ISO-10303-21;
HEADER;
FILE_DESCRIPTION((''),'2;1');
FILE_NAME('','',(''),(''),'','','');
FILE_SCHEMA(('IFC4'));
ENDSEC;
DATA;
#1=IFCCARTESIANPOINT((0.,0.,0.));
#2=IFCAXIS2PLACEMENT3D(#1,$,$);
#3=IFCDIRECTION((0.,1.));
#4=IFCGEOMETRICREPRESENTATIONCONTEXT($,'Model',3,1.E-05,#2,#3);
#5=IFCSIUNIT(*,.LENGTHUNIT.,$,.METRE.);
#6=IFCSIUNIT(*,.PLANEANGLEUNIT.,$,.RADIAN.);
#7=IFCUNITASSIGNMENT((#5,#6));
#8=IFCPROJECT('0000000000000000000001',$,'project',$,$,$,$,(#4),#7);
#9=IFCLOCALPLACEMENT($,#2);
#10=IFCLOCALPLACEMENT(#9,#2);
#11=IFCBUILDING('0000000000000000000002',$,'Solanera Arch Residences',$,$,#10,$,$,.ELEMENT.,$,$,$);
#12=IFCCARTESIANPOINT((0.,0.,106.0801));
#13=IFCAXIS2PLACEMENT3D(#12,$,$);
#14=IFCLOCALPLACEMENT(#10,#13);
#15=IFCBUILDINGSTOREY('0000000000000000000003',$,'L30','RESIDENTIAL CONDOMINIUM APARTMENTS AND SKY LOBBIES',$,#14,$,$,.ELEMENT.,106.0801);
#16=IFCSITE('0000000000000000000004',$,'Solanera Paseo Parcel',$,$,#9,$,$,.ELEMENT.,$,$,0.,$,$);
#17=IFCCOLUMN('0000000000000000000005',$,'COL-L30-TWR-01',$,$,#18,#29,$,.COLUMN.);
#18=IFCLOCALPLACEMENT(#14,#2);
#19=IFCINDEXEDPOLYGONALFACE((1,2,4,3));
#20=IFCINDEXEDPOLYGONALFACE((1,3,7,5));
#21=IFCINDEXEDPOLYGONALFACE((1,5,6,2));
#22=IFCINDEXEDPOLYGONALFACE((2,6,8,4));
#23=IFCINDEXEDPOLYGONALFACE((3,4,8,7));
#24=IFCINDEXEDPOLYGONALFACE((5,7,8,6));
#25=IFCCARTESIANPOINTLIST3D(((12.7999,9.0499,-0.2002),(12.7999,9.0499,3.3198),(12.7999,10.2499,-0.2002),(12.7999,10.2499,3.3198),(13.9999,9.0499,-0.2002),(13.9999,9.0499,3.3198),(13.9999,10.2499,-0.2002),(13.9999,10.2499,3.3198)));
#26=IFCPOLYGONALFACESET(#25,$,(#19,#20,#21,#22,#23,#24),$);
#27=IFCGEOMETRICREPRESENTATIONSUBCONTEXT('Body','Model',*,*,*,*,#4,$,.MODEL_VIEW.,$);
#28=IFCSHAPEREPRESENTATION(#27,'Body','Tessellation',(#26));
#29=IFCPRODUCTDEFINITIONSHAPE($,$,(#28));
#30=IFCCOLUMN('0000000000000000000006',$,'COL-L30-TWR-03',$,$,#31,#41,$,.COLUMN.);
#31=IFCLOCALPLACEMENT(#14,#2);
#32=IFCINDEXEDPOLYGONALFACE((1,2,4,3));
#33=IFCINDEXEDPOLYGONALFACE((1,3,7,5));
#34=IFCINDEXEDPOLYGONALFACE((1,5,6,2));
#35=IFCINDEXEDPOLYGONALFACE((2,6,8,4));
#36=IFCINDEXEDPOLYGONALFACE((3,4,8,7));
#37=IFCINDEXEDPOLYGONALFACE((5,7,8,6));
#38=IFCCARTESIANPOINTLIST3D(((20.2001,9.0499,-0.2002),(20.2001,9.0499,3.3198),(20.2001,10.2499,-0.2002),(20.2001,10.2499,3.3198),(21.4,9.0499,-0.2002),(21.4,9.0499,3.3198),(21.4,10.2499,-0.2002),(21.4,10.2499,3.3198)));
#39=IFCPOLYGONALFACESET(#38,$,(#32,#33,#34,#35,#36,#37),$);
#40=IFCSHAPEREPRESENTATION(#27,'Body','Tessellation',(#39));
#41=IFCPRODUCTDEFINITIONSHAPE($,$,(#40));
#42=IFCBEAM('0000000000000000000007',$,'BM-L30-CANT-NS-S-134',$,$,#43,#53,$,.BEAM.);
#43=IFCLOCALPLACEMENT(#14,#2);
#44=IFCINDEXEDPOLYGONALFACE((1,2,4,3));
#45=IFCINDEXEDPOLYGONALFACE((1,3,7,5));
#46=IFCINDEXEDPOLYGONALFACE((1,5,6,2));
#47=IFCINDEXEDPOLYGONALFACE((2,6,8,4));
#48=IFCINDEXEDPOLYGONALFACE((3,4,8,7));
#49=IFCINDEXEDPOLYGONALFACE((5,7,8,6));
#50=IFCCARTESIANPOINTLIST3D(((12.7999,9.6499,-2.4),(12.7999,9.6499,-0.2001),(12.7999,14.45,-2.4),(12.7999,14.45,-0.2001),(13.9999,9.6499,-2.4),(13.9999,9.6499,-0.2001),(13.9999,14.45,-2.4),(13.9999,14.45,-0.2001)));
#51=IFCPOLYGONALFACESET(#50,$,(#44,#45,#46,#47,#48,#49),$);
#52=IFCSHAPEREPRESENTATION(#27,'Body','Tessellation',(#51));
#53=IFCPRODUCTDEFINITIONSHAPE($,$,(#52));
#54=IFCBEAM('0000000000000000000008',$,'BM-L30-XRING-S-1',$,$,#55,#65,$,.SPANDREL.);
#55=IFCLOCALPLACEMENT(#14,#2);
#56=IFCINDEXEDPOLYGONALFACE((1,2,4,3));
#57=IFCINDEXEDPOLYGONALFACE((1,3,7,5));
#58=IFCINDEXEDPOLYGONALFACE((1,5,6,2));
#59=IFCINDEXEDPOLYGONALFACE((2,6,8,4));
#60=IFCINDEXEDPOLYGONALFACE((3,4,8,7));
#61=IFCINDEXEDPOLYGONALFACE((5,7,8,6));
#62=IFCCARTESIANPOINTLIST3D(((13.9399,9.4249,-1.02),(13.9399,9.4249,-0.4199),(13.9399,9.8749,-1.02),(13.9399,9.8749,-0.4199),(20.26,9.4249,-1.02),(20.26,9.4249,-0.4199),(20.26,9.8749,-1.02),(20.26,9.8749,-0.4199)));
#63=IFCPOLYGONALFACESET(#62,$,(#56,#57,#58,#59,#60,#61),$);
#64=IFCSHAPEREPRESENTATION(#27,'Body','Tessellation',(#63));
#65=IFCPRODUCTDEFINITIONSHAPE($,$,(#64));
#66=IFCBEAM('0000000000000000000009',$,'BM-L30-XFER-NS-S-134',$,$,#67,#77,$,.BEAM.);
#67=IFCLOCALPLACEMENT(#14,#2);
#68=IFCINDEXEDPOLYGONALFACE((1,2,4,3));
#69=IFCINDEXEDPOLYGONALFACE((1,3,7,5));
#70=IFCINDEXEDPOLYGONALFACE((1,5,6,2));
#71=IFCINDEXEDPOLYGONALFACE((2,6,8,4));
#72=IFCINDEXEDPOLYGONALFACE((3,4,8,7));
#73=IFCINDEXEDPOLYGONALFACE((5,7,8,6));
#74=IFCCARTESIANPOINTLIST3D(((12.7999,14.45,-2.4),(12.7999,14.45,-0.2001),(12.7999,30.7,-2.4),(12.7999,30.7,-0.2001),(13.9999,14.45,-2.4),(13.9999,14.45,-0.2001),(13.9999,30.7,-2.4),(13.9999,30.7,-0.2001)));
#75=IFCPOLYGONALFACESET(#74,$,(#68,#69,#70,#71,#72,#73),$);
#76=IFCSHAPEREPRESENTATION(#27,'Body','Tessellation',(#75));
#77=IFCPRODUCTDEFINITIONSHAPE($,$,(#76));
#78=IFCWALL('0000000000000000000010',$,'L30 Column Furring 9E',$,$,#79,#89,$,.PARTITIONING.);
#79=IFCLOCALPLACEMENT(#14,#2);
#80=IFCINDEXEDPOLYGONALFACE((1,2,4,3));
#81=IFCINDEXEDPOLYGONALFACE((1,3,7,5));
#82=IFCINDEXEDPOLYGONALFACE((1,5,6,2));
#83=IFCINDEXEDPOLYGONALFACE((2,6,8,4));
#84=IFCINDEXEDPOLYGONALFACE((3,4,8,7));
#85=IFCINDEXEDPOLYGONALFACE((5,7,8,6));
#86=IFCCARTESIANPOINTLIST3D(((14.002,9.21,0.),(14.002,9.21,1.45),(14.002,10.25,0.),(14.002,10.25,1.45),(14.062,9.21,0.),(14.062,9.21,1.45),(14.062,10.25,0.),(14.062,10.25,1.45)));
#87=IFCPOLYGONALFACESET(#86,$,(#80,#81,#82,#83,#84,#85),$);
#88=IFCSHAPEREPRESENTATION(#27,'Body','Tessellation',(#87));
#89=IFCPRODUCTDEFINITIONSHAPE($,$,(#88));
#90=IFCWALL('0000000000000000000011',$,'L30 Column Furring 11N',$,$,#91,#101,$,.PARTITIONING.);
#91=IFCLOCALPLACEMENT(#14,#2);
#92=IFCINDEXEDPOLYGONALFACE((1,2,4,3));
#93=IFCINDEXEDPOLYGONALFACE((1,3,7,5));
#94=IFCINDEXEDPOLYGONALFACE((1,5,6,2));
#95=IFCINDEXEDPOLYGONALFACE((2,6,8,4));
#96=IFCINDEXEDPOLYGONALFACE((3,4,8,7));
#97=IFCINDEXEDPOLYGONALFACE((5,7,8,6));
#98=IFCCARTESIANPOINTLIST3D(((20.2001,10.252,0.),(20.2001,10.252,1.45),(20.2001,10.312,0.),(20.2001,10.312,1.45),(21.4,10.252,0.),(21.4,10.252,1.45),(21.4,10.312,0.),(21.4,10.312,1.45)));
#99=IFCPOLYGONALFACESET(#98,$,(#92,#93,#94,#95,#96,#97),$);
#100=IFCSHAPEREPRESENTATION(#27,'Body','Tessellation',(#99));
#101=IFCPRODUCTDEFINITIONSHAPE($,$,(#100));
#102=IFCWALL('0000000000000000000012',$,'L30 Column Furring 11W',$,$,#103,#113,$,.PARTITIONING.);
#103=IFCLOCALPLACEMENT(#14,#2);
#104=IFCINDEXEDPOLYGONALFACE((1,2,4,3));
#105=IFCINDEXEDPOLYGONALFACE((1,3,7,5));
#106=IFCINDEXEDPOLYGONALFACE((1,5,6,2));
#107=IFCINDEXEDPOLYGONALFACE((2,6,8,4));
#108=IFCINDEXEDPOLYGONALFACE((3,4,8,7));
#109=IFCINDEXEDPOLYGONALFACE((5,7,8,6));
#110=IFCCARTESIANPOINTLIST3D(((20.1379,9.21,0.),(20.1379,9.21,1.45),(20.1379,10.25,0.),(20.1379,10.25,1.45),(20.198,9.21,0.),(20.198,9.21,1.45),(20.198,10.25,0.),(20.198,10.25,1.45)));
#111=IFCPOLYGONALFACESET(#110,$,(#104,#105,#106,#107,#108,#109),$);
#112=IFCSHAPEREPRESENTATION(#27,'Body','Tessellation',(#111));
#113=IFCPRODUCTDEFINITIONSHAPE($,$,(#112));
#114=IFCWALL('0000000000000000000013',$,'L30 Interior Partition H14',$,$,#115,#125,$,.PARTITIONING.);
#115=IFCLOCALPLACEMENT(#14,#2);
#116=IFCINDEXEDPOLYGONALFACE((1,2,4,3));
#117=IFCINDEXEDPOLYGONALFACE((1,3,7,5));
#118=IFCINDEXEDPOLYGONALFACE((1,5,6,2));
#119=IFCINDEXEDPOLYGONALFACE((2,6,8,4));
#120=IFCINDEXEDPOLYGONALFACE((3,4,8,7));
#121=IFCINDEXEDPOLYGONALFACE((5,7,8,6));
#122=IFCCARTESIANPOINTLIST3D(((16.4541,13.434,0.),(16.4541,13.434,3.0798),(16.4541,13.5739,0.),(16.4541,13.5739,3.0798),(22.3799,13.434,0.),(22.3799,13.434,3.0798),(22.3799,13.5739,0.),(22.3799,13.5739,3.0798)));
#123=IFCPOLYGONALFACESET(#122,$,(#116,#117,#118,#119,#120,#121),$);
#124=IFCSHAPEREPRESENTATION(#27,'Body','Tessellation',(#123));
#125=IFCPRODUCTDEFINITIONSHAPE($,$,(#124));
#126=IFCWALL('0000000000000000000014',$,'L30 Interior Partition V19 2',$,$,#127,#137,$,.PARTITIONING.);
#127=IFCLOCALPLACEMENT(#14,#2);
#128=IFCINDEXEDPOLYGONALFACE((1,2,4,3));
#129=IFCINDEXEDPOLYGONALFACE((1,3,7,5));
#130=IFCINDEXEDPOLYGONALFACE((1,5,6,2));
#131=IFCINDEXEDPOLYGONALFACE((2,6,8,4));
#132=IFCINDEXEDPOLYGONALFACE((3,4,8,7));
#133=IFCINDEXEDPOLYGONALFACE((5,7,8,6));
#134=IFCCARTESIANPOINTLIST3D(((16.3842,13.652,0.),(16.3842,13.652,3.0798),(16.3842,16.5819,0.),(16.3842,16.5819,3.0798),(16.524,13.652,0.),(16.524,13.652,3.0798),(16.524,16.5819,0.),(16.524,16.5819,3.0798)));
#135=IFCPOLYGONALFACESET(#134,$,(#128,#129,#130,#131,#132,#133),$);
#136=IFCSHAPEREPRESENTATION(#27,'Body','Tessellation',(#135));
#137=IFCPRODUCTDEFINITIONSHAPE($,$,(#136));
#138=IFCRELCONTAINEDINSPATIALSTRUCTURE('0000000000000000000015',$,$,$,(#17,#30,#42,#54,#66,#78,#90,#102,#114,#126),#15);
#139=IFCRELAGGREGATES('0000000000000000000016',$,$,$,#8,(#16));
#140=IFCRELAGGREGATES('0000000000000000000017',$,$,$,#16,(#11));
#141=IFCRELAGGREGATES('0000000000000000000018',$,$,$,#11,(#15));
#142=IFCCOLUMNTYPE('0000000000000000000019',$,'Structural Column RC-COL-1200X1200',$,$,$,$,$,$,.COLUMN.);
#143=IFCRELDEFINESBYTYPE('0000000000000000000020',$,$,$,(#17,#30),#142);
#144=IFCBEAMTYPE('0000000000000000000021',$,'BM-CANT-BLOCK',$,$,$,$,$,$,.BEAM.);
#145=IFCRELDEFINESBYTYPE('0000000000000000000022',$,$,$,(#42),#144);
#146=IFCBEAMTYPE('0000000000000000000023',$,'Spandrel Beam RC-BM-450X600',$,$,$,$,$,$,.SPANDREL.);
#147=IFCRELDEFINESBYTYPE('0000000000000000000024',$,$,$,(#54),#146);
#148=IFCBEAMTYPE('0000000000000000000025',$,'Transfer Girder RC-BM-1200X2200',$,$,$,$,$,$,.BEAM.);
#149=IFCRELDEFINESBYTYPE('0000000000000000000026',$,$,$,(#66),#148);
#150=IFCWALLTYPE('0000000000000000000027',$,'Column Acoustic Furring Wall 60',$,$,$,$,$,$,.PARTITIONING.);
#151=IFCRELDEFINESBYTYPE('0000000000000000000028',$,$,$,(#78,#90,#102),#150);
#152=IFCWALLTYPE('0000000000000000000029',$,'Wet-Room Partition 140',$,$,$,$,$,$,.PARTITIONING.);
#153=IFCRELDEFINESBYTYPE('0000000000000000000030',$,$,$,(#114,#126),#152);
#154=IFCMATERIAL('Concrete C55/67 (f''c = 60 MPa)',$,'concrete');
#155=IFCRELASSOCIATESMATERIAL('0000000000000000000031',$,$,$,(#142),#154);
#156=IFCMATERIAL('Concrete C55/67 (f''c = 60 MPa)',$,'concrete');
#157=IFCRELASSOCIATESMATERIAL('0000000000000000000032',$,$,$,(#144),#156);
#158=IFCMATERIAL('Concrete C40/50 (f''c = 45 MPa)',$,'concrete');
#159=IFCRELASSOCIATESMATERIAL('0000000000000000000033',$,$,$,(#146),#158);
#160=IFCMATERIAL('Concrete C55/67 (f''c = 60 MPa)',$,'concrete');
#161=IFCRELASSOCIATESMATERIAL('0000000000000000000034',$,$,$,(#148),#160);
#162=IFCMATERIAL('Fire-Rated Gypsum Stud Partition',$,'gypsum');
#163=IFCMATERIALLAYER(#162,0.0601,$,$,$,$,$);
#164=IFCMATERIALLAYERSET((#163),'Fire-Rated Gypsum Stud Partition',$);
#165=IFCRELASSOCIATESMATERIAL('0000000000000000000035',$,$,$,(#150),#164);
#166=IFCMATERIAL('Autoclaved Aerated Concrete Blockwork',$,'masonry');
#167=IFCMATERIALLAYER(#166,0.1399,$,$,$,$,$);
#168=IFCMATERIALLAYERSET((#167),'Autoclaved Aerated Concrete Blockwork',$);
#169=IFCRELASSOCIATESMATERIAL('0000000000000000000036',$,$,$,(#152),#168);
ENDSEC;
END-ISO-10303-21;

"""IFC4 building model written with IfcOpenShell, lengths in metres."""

from ifc_helpers import new_model, si_unit, direction, frame, frame_2d, origin, origin_2d, place, context, subcontext, project, spatial, rectangle, extrude, material, layer, layer_set, material_profile, profile_set, type_object, element, save


model = new_model("IFC4")

# Units and contexts
model_context = context("Model", 3, precision=1e-05, world=origin(), true_north=direction((0.0, 1.0)))
body_context = subcontext(model_context, "Body", "Model", "MODEL_VIEW")
ifc_project = project(units=[si_unit("LENGTHUNIT", "METRE"), si_unit("PLANEANGLEUNIT", "RADIAN")], contexts=[model_context])

# Site, building, storey
site_placement = place(None, origin())
site = spatial("IfcSite", under=ifc_project, at=site_placement, Name="Solanera Paseo Parcel", CompositionType="ELEMENT", RefElevation=0.0)
building_placement = place(site_placement, origin())
building = spatial("IfcBuilding", under=site, at=building_placement, Name="Solanera Arch Residences", CompositionType="ELEMENT")
storey_placement = place(building_placement, frame((0.0, 0.0, 106.0801)))
storey = spatial("IfcBuildingStorey", under=building, at=storey_placement, Name="L30", Description="RESIDENTIAL CONDOMINIUM APARTMENTS AND SKY LOBBIES", CompositionType="ELEMENT", Elevation=106.0801)

# Columns
ifc_material_1 = material(Name="Concrete C55/67 (f'c = 60 MPa)", Category="concrete")
ifc_material_profile_1 = material_profile(ifc_material_1, rectangle(XDim=1.2, YDim=1.2, at=origin_2d()))
ifc_profile_set_1 = profile_set([ifc_material_profile_1], Name="Concrete C55/67 (f'c = 60 MPa)")
column_type = type_object("IfcColumnType", Name="Structural Column RC-COL-1200X1200", PredefinedType="COLUMN", material=ifc_profile_set_1)
for number, where, z_axis, x_axis, name in (
    (1, (13.3999, 9.6499, -0.2002), (0.0, 0.0, 1.0), (1.0, 0.0, 0.0), "COL-L30-TWR-01"),
    (2, (20.8, 9.6499, -0.2002), (0.0, 0.0, 1.0), (1.0, 0.0, 0.0), "COL-L30-TWR-03"),
):
    element("IfcColumn", number, at=place(storey_placement, frame(where, z_axis=z_axis, x_axis=x_axis)), inside=storey, type_object=column_type, Name=name, PredefinedType="COLUMN", context=body_context, shape_type="SweptSolid", body=[
        extrude(rectangle(XDim=1.2, YDim=1.2, at=origin_2d()), origin(), (0.0, 0.0, 1.0), 3.52),
    ])

# Beams
ifc_material_2 = material(Name="Concrete C55/67 (f'c = 60 MPa)", Category="concrete")
ifc_material_profile_2 = material_profile(ifc_material_2, rectangle(XDim=1.2, YDim=2.2, at=origin_2d()))
ifc_profile_set_2 = profile_set([ifc_material_profile_2], Name="Concrete C55/67 (f'c = 60 MPa)")
beam_type_1 = type_object("IfcBeamType", Name="BM-CANT-BLOCK", PredefinedType="BEAM", material=ifc_profile_set_2)
beam_1_placement = place(storey_placement, frame((13.3999, 9.6499, -1.3), z_axis=(0.0, 1.0, 0.0), x_axis=(-1.0, 0.0, 0.0)))
element("IfcBeam", 3, at=beam_1_placement, inside=storey, type_object=beam_type_1, Name="BM-L30-CANT-NS-S-134", PredefinedType="BEAM", context=body_context, shape_type="SweptSolid", body=[
    extrude(rectangle(XDim=1.2, YDim=2.2, at=origin_2d()), origin(), (0.0, 0.0, 1.0), 4.8),
])
ifc_material_3 = material(Name="Concrete C40/50 (f'c = 45 MPa)", Category="concrete")
ifc_material_profile_3 = material_profile(ifc_material_3, rectangle(XDim=0.45, YDim=0.6001, at=origin_2d()))
ifc_profile_set_3 = profile_set([ifc_material_profile_3], Name="Concrete C40/50 (f'c = 45 MPa)")
beam_type_2 = type_object("IfcBeamType", Name="Spandrel Beam RC-BM-450X600", PredefinedType="SPANDREL", material=ifc_profile_set_3)
beam_2_placement = place(storey_placement, frame((13.9399, 9.6499, -0.72), z_axis=(1.0, 0.0, 0.0), x_axis=(0.0, 1.0, 0.0)))
element("IfcBeam", 4, at=beam_2_placement, inside=storey, type_object=beam_type_2, Name="BM-L30-XRING-S-1", PredefinedType="SPANDREL", context=body_context, shape_type="SweptSolid", body=[
    extrude(rectangle(XDim=0.45, YDim=0.6001, at=origin_2d()), origin(), (0.0, 0.0, 1.0), 6.3201),
])
ifc_material_4 = material(Name="Concrete C55/67 (f'c = 60 MPa)", Category="concrete")
ifc_material_profile_4 = material_profile(ifc_material_4, rectangle(XDim=1.2, YDim=2.2, at=origin_2d()))
ifc_profile_set_4 = profile_set([ifc_material_profile_4], Name="Concrete C55/67 (f'c = 60 MPa)")
beam_type_3 = type_object("IfcBeamType", Name="Transfer Girder RC-BM-1200X2200", PredefinedType="BEAM", material=ifc_profile_set_4)
beam_3_placement = place(storey_placement, frame((13.3999, 14.45, -1.3), z_axis=(0.0, 1.0, 0.0), x_axis=(-1.0, 0.0, 0.0)))
element("IfcBeam", 5, at=beam_3_placement, inside=storey, type_object=beam_type_3, Name="BM-L30-XFER-NS-S-134", PredefinedType="BEAM", context=body_context, shape_type="SweptSolid", body=[
    extrude(rectangle(XDim=1.2, YDim=2.2, at=origin_2d()), origin(), (0.0, 0.0, 1.0), 16.25),
])

# Walls
ifc_material_5 = material(Name="Fire-Rated Gypsum Stud Partition", Category="gypsum")
ifc_layer_1 = layer(ifc_material_5, 0.0601)
ifc_layer_set_1 = layer_set([ifc_layer_1], Name="Fire-Rated Gypsum Stud Partition")
wall_type_1 = type_object("IfcWallType", Name="Column Acoustic Furring Wall 60", PredefinedType="PARTITIONING", material=ifc_layer_set_1)
wall_1_placement = place(storey_placement, frame((14.032, 9.21, 0.0), z_axis=(0.0, 0.0, 1.0), x_axis=(0.0, 1.0, 0.0)))
element("IfcWall", 6, at=wall_1_placement, inside=storey, type_object=wall_type_1, Name="L30 Column Furring 9E", PredefinedType="PARTITIONING", context=body_context, shape_type="SweptSolid", body=[
    extrude(rectangle(XDim=1.04, YDim=0.0601, at=frame_2d((0.52, 0.0))), origin(), (0.0, 0.0, 1.0), 1.45),
])
wall_2_placement = place(storey_placement, frame((20.2, 10.282, 0.0), z_axis=(0.0, 0.0, 1.0), x_axis=(1.0, 0.0, 0.0)))
element("IfcWall", 7, at=wall_2_placement, inside=storey, type_object=wall_type_1, Name="L30 Column Furring 11N", PredefinedType="PARTITIONING", context=body_context, shape_type="SweptSolid", body=[
    extrude(rectangle(XDim=1.2, YDim=0.0601, at=frame_2d((0.6001, 0.0))), origin(), (0.0, 0.0, 1.0), 1.45),
])
wall_3_placement = place(storey_placement, frame((20.168, 9.21, 0.0), z_axis=(0.0, 0.0, 1.0), x_axis=(0.0, 1.0, 0.0)))
element("IfcWall", 8, at=wall_3_placement, inside=storey, type_object=wall_type_1, Name="L30 Column Furring 11W", PredefinedType="PARTITIONING", context=body_context, shape_type="SweptSolid", body=[
    extrude(rectangle(XDim=1.04, YDim=0.0601, at=frame_2d((0.52, 0.0))), origin(), (0.0, 0.0, 1.0), 1.45),
])
ifc_material_6 = material(Name="Autoclaved Aerated Concrete Blockwork", Category="masonry")
ifc_layer_2 = layer(ifc_material_6, 0.1399)
ifc_layer_set_2 = layer_set([ifc_layer_2], Name="Autoclaved Aerated Concrete Blockwork")
wall_type_2 = type_object("IfcWallType", Name="Wet-Room Partition 140", PredefinedType="PARTITIONING", material=ifc_layer_set_2)
wall_4_placement = place(storey_placement, frame((16.4541, 13.5039, 0.0), z_axis=(0.0, 0.0, 1.0), x_axis=(1.0, 0.0, 0.0)))
element("IfcWall", 9, at=wall_4_placement, inside=storey, type_object=wall_type_2, Name="L30 Interior Partition H14", PredefinedType="PARTITIONING", context=body_context, shape_type="SweptSolid", body=[
    extrude(rectangle(XDim=5.9258, YDim=0.1399, at=frame_2d((2.9629, 0.0))), origin(), (0.0, 0.0, 1.0), 3.0798),
])
wall_5_placement = place(storey_placement, frame((16.4541, 13.6521, 0.0), z_axis=(0.0, 0.0, 1.0), x_axis=(0.0, 1.0, 0.0)))
element("IfcWall", 10, at=wall_5_placement, inside=storey, type_object=wall_type_2, Name="L30 Interior Partition V19 2", PredefinedType="PARTITIONING", context=body_context, shape_type="SweptSolid", body=[
    extrude(rectangle(XDim=2.9299, YDim=0.1399, at=frame_2d((1.4648, 0.0))), origin(), (0.0, 0.0, 1.0), 3.0798),
])

save(model, "model.ifc")
